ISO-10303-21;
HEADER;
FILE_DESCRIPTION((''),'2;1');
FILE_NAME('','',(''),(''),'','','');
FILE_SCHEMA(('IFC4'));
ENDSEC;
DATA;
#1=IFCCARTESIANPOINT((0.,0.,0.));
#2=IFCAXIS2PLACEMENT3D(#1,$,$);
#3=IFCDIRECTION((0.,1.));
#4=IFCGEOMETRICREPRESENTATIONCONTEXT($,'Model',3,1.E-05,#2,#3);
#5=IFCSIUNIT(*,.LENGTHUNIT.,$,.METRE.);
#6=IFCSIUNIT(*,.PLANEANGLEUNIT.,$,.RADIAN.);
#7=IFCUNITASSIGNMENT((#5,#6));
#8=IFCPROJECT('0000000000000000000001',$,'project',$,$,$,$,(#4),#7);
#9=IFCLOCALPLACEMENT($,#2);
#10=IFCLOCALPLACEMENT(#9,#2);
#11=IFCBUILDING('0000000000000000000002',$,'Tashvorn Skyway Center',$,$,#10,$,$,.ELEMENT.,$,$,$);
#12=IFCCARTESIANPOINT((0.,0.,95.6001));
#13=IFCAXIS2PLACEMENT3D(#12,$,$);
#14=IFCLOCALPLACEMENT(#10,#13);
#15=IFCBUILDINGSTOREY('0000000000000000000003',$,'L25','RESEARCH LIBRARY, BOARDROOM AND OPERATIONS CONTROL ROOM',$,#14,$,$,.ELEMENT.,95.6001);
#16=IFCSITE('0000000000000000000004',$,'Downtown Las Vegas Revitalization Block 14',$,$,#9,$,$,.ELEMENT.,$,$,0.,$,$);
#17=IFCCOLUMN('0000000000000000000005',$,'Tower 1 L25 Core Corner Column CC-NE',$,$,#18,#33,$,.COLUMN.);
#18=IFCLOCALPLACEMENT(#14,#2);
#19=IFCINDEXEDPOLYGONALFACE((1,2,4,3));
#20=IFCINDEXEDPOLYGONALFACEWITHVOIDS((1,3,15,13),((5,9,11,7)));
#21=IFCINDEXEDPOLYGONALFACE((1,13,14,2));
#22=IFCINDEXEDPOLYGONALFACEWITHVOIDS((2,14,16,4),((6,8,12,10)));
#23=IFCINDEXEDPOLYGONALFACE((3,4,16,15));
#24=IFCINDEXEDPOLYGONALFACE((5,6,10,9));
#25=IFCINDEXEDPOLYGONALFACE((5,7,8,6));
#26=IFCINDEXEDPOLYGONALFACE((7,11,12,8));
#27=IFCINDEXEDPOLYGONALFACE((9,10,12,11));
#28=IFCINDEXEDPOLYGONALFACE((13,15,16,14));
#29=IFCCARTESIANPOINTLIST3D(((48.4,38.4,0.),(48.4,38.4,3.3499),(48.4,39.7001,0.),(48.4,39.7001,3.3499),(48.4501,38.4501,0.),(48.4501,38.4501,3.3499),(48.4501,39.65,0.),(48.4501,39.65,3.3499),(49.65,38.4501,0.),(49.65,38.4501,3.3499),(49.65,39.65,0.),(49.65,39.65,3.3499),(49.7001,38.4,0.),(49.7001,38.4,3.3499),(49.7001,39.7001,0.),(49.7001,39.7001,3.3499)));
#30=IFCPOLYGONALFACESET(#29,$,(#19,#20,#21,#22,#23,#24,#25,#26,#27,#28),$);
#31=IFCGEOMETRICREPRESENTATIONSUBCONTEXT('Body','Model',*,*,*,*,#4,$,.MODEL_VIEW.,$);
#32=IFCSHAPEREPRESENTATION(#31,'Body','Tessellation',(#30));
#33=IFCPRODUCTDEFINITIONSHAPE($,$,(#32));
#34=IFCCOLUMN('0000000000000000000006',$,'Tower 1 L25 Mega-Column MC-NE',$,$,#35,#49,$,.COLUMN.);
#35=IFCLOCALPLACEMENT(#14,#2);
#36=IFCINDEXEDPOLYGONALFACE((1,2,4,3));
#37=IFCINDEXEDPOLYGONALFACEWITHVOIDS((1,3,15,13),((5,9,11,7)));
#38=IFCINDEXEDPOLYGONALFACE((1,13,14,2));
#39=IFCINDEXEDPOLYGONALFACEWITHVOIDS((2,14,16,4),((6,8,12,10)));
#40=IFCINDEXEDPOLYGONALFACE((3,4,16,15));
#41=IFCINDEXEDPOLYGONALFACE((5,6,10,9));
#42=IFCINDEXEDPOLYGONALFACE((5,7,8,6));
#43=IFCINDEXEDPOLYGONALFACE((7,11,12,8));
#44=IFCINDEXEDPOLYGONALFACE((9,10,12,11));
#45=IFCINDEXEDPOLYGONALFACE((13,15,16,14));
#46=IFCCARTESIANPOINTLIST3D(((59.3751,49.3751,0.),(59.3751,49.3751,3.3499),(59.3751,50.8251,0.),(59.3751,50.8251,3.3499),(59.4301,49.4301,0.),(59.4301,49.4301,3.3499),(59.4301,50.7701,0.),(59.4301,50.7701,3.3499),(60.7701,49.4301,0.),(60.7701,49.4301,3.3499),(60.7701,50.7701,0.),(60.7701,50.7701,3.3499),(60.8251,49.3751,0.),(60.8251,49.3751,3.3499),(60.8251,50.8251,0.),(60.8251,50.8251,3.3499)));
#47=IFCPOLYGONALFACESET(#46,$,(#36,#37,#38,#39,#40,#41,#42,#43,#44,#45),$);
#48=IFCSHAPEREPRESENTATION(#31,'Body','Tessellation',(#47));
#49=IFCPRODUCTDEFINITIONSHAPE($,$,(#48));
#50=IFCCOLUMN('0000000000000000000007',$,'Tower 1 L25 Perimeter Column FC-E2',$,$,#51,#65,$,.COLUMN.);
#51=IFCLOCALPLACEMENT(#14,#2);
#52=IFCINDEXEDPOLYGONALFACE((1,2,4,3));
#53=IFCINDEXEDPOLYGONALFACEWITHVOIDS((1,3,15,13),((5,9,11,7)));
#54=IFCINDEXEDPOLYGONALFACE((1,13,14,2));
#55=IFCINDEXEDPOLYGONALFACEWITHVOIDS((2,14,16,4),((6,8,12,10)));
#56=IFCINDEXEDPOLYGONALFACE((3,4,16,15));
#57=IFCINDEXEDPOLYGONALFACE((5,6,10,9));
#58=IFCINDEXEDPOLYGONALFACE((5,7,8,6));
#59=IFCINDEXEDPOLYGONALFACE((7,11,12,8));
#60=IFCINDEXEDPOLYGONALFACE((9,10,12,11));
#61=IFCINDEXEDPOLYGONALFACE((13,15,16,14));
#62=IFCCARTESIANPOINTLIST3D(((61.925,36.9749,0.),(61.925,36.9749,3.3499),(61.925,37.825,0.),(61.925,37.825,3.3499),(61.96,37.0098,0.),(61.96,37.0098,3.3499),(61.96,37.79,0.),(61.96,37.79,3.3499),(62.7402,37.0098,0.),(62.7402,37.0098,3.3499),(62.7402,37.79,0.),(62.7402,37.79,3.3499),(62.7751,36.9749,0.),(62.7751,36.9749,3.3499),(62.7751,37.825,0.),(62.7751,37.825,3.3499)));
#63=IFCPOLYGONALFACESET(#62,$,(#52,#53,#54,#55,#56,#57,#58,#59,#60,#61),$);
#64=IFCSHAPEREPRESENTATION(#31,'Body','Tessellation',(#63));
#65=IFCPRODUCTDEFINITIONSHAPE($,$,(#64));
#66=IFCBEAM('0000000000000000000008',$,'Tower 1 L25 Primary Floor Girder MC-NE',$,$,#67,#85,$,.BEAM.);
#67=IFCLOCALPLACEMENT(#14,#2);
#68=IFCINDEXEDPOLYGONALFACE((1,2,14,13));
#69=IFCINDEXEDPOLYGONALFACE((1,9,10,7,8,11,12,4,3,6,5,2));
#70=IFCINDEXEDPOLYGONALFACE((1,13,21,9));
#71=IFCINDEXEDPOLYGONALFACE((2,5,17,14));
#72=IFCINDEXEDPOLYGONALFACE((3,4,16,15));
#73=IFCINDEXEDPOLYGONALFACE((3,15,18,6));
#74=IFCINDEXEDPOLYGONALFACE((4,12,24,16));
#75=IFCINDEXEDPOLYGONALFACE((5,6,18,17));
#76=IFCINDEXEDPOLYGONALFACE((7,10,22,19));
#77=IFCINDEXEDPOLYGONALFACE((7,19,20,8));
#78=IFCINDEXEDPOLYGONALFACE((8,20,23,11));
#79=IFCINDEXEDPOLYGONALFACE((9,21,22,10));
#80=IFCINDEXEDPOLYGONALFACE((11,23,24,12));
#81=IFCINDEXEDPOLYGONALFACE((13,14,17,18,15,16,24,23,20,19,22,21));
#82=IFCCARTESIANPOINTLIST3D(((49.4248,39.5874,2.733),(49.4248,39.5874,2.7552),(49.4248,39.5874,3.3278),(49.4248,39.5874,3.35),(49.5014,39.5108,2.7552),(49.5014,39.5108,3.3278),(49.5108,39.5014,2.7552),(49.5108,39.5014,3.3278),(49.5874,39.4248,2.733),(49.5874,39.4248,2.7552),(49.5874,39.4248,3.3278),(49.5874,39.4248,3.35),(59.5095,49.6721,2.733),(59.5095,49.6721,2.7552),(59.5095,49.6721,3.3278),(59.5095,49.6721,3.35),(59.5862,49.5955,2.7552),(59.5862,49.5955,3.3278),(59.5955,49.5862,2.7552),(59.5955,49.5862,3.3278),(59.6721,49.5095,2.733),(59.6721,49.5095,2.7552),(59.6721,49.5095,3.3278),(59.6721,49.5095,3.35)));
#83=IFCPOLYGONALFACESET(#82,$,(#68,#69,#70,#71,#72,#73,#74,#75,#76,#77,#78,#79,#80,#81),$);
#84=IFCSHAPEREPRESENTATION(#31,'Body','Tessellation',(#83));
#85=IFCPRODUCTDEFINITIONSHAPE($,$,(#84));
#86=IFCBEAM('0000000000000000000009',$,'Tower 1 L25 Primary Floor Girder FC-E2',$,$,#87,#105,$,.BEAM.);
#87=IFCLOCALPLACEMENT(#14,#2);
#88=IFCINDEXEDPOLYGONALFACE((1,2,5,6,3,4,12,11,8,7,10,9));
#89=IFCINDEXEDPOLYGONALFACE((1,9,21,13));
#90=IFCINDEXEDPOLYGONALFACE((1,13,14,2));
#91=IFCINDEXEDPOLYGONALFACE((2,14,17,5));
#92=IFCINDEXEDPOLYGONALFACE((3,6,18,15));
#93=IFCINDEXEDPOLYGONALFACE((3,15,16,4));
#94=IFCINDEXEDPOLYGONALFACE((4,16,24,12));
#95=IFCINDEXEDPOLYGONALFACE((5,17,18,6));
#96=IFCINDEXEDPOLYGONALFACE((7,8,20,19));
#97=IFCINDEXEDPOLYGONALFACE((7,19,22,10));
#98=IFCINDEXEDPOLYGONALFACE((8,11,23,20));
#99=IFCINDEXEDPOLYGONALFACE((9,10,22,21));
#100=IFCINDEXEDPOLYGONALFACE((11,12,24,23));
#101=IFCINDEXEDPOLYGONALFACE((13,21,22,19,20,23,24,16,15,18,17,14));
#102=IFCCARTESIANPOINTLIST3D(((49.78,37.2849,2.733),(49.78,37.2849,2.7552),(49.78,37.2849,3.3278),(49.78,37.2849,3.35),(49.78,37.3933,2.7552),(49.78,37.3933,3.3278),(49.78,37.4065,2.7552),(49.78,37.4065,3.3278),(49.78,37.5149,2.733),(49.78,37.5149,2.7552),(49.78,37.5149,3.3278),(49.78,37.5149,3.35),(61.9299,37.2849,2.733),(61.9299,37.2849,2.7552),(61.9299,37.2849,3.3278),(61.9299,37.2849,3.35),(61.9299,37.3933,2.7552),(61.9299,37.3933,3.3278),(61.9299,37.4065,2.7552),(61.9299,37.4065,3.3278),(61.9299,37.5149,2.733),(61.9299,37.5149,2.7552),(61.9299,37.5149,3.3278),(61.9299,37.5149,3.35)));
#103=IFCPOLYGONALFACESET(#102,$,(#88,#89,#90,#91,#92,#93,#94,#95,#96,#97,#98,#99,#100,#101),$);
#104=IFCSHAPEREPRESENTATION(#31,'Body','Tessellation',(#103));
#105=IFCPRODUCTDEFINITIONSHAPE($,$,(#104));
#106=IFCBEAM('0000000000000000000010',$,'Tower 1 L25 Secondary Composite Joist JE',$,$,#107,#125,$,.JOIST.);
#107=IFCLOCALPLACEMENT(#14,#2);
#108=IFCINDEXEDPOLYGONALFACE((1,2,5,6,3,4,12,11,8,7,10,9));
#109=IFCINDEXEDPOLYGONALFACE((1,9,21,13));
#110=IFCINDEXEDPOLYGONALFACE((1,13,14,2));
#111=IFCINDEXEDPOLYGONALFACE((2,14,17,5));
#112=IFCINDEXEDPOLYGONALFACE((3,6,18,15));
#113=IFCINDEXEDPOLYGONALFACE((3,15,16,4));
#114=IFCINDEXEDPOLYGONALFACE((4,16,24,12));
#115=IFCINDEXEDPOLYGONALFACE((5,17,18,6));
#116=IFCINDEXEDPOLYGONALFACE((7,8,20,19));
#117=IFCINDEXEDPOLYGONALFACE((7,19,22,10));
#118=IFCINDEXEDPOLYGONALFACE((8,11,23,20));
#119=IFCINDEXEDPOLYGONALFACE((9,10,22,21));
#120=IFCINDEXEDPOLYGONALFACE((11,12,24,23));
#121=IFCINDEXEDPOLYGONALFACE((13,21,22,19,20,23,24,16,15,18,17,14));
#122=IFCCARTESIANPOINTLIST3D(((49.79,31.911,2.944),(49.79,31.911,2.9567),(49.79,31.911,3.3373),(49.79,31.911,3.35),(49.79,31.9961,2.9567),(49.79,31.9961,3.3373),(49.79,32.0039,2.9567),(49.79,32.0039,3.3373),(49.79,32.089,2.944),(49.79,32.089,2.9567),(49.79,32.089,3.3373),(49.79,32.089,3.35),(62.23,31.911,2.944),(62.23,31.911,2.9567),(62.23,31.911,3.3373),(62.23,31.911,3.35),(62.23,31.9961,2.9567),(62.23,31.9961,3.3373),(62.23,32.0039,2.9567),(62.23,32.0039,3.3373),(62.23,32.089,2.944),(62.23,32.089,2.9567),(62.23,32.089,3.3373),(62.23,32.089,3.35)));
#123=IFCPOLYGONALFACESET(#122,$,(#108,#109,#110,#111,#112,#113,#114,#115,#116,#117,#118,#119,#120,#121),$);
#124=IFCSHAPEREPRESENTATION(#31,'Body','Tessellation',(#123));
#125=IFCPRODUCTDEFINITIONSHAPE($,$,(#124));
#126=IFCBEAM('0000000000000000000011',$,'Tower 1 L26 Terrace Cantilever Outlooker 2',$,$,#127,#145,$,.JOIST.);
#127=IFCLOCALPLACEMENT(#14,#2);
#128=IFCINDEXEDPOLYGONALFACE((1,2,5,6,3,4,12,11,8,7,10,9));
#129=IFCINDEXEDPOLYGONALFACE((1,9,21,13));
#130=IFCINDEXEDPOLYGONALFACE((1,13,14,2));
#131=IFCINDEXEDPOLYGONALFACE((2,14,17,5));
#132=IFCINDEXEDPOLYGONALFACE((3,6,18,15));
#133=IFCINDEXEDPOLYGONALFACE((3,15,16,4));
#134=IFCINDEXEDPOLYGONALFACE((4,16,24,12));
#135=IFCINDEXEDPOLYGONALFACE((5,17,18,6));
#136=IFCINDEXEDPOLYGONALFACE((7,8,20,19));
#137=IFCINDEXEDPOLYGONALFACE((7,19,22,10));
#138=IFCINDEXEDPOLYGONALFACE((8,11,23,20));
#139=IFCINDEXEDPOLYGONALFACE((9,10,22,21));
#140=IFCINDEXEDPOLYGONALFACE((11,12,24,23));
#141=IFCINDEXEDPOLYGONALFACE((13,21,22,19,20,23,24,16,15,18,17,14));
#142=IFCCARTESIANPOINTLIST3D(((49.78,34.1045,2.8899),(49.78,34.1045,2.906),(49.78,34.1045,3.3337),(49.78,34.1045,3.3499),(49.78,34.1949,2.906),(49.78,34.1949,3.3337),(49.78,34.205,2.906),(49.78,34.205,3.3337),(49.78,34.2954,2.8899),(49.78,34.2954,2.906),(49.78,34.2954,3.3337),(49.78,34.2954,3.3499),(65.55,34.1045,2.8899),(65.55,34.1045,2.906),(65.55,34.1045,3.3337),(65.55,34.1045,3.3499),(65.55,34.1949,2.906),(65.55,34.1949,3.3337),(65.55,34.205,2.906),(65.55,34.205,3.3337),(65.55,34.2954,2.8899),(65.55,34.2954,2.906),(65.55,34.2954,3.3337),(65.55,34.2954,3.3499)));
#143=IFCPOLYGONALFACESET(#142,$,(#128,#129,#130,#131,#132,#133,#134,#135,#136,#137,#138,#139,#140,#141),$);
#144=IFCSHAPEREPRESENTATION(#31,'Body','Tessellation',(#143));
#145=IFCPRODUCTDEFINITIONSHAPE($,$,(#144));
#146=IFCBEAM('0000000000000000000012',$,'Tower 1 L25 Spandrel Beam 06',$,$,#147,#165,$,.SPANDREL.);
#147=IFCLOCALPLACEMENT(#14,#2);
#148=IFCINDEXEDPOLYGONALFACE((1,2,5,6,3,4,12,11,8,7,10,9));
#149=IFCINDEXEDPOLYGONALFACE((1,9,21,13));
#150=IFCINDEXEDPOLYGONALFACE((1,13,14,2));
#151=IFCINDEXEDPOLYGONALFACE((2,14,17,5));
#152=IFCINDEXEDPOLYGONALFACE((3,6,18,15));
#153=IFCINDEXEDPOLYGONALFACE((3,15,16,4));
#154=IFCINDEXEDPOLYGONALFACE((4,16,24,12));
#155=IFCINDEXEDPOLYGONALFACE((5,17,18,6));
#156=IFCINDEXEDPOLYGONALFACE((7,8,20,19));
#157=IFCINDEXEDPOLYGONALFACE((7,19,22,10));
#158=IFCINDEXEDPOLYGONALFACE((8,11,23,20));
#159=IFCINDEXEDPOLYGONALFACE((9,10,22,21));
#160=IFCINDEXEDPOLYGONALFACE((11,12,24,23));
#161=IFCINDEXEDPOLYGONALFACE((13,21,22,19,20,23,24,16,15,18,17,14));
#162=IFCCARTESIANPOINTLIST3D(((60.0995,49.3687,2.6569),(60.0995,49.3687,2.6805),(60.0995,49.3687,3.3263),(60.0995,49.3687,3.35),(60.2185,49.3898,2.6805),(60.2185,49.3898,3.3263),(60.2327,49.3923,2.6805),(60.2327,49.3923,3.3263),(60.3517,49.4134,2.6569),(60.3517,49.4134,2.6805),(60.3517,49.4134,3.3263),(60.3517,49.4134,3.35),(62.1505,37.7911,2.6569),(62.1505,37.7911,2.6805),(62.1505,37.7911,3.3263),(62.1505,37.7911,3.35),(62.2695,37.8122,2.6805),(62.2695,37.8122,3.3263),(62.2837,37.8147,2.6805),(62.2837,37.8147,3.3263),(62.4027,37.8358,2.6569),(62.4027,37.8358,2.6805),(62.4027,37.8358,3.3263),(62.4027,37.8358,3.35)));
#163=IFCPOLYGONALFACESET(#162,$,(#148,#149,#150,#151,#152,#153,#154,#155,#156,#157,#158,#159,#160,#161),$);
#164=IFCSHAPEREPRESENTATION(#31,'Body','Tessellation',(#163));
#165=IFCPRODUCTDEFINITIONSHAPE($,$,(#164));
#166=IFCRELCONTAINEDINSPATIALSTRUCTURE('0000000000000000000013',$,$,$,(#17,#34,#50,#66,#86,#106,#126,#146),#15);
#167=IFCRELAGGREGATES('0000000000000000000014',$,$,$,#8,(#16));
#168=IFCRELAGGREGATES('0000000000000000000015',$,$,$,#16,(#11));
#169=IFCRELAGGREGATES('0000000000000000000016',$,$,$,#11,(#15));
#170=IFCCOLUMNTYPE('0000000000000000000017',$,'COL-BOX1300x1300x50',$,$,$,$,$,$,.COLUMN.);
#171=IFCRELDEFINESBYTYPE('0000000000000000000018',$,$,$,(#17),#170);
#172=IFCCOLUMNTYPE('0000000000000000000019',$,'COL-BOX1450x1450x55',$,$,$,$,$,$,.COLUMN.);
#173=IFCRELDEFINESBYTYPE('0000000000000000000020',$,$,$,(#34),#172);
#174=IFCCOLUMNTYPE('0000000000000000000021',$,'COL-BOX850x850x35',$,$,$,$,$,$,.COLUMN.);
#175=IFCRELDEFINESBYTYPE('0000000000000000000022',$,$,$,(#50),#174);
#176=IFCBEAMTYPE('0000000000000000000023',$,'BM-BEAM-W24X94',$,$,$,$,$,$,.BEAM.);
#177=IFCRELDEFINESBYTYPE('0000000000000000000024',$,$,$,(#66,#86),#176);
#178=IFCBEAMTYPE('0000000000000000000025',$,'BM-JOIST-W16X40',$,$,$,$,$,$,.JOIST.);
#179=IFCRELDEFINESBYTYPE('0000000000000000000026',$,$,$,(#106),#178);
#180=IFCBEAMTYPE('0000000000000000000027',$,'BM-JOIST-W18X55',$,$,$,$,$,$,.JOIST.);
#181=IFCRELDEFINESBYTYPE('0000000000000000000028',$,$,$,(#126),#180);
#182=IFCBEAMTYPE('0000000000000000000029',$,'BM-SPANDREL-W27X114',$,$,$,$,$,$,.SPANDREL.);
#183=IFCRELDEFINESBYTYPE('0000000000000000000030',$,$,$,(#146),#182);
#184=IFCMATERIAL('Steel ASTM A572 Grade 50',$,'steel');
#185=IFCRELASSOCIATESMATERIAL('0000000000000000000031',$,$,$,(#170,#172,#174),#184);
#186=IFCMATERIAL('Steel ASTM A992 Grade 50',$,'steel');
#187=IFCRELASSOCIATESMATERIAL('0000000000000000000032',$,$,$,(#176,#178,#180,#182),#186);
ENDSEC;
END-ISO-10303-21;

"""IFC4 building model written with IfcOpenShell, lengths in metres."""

from ifc_helpers import new_model, si_unit, direction, frame, origin, origin_2d, place, context, subcontext, project, spatial, hollow_rectangle, i_section, extrude, material, material_profile, profile_set, type_object, element, save


model = new_model("IFC4")

# Units and contexts
model_context = context("Model", 3, precision=1e-05, world=origin(), true_north=direction((0.0, 1.0)))
body_context = subcontext(model_context, "Body", "Model", "MODEL_VIEW")
ifc_project = project(units=[si_unit("LENGTHUNIT", "METRE"), si_unit("PLANEANGLEUNIT", "RADIAN")], contexts=[model_context])

# Site, building, storey
site_placement = place(None, origin())
site = spatial("IfcSite", under=ifc_project, at=site_placement, Name="Downtown Las Vegas Revitalization Block 14", CompositionType="ELEMENT", RefElevation=0.0)
building_placement = place(site_placement, origin())
building = spatial("IfcBuilding", under=site, at=building_placement, Name="Tashvorn Skyway Center", CompositionType="ELEMENT")
storey_placement = place(building_placement, frame((0.0, 0.0, 95.6001)))
storey = spatial("IfcBuildingStorey", under=building, at=storey_placement, Name="L25", Description="RESEARCH LIBRARY, BOARDROOM AND OPERATIONS CONTROL ROOM", CompositionType="ELEMENT", Elevation=95.6001)

# Columns
ifc_material_1 = material(Name="Steel ASTM A572 Grade 50", Category="steel")
ifc_material_profile_1 = material_profile(ifc_material_1, hollow_rectangle(XDim=1.3, YDim=1.3, WallThickness=0.05, at=origin_2d()), Name="BOX1300x1300x50")
ifc_profile_set_1 = profile_set([ifc_material_profile_1], Name="Steel ASTM A572 Grade 50")
column_type_1 = type_object("IfcColumnType", Name="COL-BOX1300x1300x50", PredefinedType="COLUMN", material=ifc_profile_set_1)
column_1_placement = place(storey_placement, frame((49.05, 39.05, 0.0), z_axis=(0.0, 0.0, 1.0), x_axis=(1.0, 0.0, 0.0)))
element("IfcColumn", 1, at=column_1_placement, inside=storey, type_object=column_type_1, Name="Tower 1 L25 Core Corner Column CC-NE", PredefinedType="COLUMN", context=body_context, shape_type="SweptSolid", body=[
    extrude(hollow_rectangle(XDim=1.3, YDim=1.3, WallThickness=0.05, at=origin_2d()), origin(), (0.0, 0.0, 1.0), 3.3499),
])
ifc_material_profile_2 = material_profile(ifc_material_1, hollow_rectangle(XDim=1.45, YDim=1.45, WallThickness=0.0549, at=origin_2d()), Name="BOX1450x1450x55")
ifc_profile_set_2 = profile_set([ifc_material_profile_2], Name="Steel ASTM A572 Grade 50")
column_type_2 = type_object("IfcColumnType", Name="COL-BOX1450x1450x55", PredefinedType="COLUMN", material=ifc_profile_set_2)
column_2_placement = place(storey_placement, frame((60.1001, 50.1001, 0.0), z_axis=(0.0, 0.0, 1.0), x_axis=(1.0, 0.0, 0.0)))
element("IfcColumn", 2, at=column_2_placement, inside=storey, type_object=column_type_2, Name="Tower 1 L25 Mega-Column MC-NE", PredefinedType="COLUMN", context=body_context, shape_type="SweptSolid", body=[
    extrude(hollow_rectangle(XDim=1.45, YDim=1.45, WallThickness=0.0549, at=origin_2d()), origin(), (0.0, 0.0, 1.0), 3.3499),
])
ifc_material_profile_3 = material_profile(ifc_material_1, hollow_rectangle(XDim=0.8501, YDim=0.8501, WallThickness=0.0349, at=origin_2d()), Name="BOX850x850x35")
ifc_profile_set_3 = profile_set([ifc_material_profile_3], Name="Steel ASTM A572 Grade 50")
column_type_3 = type_object("IfcColumnType", Name="COL-BOX850x850x35", PredefinedType="COLUMN", material=ifc_profile_set_3)
column_3_placement = place(storey_placement, frame((62.3501, 37.3999, 0.0), z_axis=(0.0, 0.0, 1.0), x_axis=(1.0, 0.0, 0.0)))
element("IfcColumn", 3, at=column_3_placement, inside=storey, type_object=column_type_3, Name="Tower 1 L25 Perimeter Column FC-E2", PredefinedType="COLUMN", context=body_context, shape_type="SweptSolid", body=[
    extrude(hollow_rectangle(XDim=0.8501, YDim=0.8501, WallThickness=0.0349, at=origin_2d()), origin(), (0.0, 0.0, 1.0), 3.3499),
])

# Beams
ifc_material_2 = material(Name="Steel ASTM A992 Grade 50", Category="steel")
ifc_material_profile_4 = material_profile(ifc_material_2, i_section(OverallWidth=0.23, OverallDepth=0.6169, WebThickness=0.0132, FlangeThickness=0.0222, at=origin_2d()), Name="W24X94")
ifc_profile_set_4 = profile_set([ifc_material_profile_4], Name="Steel ASTM A992 Grade 50")
beam_type_1 = type_object("IfcBeamType", Name="BM-BEAM-W24X94", PredefinedType="BEAM", material=ifc_profile_set_4)
beam_1_placement = place(storey_placement, frame((59.5908, 49.5908, 3.0415), z_axis=(-0.707107, -0.707107, 0.0), x_axis=(0.707107, -0.707107, 0.0)))
element("IfcBeam", 4, at=beam_1_placement, inside=storey, type_object=beam_type_1, Name="Tower 1 L25 Primary Floor Girder MC-NE", PredefinedType="BEAM", context=body_context, shape_type="SweptSolid", body=[
    extrude(i_section(OverallWidth=0.23, OverallDepth=0.6169, WebThickness=0.0132, FlangeThickness=0.0222, at=origin_2d()), origin(), (0.0, 0.0, 1.0), 14.262),
])
beam_2_placement = place(storey_placement, frame((61.9299, 37.3999, 3.0415), z_axis=(-1.0, 0.0, 0.0), x_axis=(0.0, -1.0, 0.0)))
element("IfcBeam", 5, at=beam_2_placement, inside=storey, type_object=beam_type_1, Name="Tower 1 L25 Primary Floor Girder FC-E2", PredefinedType="BEAM", context=body_context, shape_type="SweptSolid", body=[
    extrude(i_section(OverallWidth=0.23, OverallDepth=0.6169, WebThickness=0.0132, FlangeThickness=0.0222, at=origin_2d()), origin(), (0.0, 0.0, 1.0), 12.1499),
])
ifc_material_profile_5 = material_profile(ifc_material_2, i_section(OverallWidth=0.178, OverallDepth=0.406, WebThickness=0.0078, FlangeThickness=0.0127, at=origin_2d()), Name="W16X40")
ifc_profile_set_5 = profile_set([ifc_material_profile_5], Name="Steel ASTM A992 Grade 50")
beam_type_2 = type_object("IfcBeamType", Name="BM-JOIST-W16X40", PredefinedType="JOIST", material=ifc_profile_set_5)
beam_3_placement = place(storey_placement, frame((49.79, 32.0, 3.147), z_axis=(1.0, 0.0, 0.0), x_axis=(0.0, 1.0, 0.0)))
element("IfcBeam", 6, at=beam_3_placement, inside=storey, type_object=beam_type_2, Name="Tower 1 L25 Secondary Composite Joist JE", PredefinedType="JOIST", context=body_context, shape_type="SweptSolid", body=[
    extrude(i_section(OverallWidth=0.178, OverallDepth=0.406, WebThickness=0.0078, FlangeThickness=0.0127, at=origin_2d()), origin(), (0.0, 0.0, 1.0), 12.4399),
])
ifc_material_profile_6 = material_profile(ifc_material_2, i_section(OverallWidth=0.1909, OverallDepth=0.46, WebThickness=0.01, FlangeThickness=0.0161, at=origin_2d()), Name="W18X55")
ifc_profile_set_6 = profile_set([ifc_material_profile_6], Name="Steel ASTM A992 Grade 50")
beam_type_3 = type_object("IfcBeamType", Name="BM-JOIST-W18X55", PredefinedType="JOIST", material=ifc_profile_set_6)
beam_4_placement = place(storey_placement, frame((49.78, 34.2, 3.1199), z_axis=(1.0, 0.0, 0.0), x_axis=(0.0, 1.0, 0.0)))
element("IfcBeam", 7, at=beam_4_placement, inside=storey, type_object=beam_type_3, Name="Tower 1 L26 Terrace Cantilever Outlooker 2", PredefinedType="JOIST", context=body_context, shape_type="SweptSolid", body=[
    extrude(i_section(OverallWidth=0.1909, OverallDepth=0.46, WebThickness=0.01, FlangeThickness=0.0161, at=origin_2d()), origin(), (0.0, 0.0, 1.0), 15.77),
])
ifc_material_profile_7 = material_profile(ifc_material_2, i_section(OverallWidth=0.2561, OverallDepth=0.6931, WebThickness=0.0144, FlangeThickness=0.0237, at=origin_2d()), Name="W27X114")
ifc_profile_set_7 = profile_set([ifc_material_profile_7], Name="Steel ASTM A992 Grade 50")
beam_type_4 = type_object("IfcBeamType", Name="BM-SPANDREL-W27X114", PredefinedType="SPANDREL", material=ifc_profile_set_7)
for number, where, z_axis, x_axis, name in (
    (8, (62.2766, 37.8135, 3.0034), (-0.174438, 0.984668, 0.0), (-0.984668, -0.174438, 0.0), "Tower 1 L25 Spandrel Beam 06"),
):
    element("IfcBeam", number, at=place(storey_placement, frame(where, z_axis=z_axis, x_axis=x_axis)), inside=storey, type_object=beam_type_4, Name=name, PredefinedType="SPANDREL", context=body_context, shape_type="SweptSolid", body=[
        extrude(i_section(OverallWidth=0.2561, OverallDepth=0.6931, WebThickness=0.0144, FlangeThickness=0.0237, at=origin_2d()), origin(), (0.0, 0.0, 1.0), 11.7578),
    ])

save(model, "model.ifc")
